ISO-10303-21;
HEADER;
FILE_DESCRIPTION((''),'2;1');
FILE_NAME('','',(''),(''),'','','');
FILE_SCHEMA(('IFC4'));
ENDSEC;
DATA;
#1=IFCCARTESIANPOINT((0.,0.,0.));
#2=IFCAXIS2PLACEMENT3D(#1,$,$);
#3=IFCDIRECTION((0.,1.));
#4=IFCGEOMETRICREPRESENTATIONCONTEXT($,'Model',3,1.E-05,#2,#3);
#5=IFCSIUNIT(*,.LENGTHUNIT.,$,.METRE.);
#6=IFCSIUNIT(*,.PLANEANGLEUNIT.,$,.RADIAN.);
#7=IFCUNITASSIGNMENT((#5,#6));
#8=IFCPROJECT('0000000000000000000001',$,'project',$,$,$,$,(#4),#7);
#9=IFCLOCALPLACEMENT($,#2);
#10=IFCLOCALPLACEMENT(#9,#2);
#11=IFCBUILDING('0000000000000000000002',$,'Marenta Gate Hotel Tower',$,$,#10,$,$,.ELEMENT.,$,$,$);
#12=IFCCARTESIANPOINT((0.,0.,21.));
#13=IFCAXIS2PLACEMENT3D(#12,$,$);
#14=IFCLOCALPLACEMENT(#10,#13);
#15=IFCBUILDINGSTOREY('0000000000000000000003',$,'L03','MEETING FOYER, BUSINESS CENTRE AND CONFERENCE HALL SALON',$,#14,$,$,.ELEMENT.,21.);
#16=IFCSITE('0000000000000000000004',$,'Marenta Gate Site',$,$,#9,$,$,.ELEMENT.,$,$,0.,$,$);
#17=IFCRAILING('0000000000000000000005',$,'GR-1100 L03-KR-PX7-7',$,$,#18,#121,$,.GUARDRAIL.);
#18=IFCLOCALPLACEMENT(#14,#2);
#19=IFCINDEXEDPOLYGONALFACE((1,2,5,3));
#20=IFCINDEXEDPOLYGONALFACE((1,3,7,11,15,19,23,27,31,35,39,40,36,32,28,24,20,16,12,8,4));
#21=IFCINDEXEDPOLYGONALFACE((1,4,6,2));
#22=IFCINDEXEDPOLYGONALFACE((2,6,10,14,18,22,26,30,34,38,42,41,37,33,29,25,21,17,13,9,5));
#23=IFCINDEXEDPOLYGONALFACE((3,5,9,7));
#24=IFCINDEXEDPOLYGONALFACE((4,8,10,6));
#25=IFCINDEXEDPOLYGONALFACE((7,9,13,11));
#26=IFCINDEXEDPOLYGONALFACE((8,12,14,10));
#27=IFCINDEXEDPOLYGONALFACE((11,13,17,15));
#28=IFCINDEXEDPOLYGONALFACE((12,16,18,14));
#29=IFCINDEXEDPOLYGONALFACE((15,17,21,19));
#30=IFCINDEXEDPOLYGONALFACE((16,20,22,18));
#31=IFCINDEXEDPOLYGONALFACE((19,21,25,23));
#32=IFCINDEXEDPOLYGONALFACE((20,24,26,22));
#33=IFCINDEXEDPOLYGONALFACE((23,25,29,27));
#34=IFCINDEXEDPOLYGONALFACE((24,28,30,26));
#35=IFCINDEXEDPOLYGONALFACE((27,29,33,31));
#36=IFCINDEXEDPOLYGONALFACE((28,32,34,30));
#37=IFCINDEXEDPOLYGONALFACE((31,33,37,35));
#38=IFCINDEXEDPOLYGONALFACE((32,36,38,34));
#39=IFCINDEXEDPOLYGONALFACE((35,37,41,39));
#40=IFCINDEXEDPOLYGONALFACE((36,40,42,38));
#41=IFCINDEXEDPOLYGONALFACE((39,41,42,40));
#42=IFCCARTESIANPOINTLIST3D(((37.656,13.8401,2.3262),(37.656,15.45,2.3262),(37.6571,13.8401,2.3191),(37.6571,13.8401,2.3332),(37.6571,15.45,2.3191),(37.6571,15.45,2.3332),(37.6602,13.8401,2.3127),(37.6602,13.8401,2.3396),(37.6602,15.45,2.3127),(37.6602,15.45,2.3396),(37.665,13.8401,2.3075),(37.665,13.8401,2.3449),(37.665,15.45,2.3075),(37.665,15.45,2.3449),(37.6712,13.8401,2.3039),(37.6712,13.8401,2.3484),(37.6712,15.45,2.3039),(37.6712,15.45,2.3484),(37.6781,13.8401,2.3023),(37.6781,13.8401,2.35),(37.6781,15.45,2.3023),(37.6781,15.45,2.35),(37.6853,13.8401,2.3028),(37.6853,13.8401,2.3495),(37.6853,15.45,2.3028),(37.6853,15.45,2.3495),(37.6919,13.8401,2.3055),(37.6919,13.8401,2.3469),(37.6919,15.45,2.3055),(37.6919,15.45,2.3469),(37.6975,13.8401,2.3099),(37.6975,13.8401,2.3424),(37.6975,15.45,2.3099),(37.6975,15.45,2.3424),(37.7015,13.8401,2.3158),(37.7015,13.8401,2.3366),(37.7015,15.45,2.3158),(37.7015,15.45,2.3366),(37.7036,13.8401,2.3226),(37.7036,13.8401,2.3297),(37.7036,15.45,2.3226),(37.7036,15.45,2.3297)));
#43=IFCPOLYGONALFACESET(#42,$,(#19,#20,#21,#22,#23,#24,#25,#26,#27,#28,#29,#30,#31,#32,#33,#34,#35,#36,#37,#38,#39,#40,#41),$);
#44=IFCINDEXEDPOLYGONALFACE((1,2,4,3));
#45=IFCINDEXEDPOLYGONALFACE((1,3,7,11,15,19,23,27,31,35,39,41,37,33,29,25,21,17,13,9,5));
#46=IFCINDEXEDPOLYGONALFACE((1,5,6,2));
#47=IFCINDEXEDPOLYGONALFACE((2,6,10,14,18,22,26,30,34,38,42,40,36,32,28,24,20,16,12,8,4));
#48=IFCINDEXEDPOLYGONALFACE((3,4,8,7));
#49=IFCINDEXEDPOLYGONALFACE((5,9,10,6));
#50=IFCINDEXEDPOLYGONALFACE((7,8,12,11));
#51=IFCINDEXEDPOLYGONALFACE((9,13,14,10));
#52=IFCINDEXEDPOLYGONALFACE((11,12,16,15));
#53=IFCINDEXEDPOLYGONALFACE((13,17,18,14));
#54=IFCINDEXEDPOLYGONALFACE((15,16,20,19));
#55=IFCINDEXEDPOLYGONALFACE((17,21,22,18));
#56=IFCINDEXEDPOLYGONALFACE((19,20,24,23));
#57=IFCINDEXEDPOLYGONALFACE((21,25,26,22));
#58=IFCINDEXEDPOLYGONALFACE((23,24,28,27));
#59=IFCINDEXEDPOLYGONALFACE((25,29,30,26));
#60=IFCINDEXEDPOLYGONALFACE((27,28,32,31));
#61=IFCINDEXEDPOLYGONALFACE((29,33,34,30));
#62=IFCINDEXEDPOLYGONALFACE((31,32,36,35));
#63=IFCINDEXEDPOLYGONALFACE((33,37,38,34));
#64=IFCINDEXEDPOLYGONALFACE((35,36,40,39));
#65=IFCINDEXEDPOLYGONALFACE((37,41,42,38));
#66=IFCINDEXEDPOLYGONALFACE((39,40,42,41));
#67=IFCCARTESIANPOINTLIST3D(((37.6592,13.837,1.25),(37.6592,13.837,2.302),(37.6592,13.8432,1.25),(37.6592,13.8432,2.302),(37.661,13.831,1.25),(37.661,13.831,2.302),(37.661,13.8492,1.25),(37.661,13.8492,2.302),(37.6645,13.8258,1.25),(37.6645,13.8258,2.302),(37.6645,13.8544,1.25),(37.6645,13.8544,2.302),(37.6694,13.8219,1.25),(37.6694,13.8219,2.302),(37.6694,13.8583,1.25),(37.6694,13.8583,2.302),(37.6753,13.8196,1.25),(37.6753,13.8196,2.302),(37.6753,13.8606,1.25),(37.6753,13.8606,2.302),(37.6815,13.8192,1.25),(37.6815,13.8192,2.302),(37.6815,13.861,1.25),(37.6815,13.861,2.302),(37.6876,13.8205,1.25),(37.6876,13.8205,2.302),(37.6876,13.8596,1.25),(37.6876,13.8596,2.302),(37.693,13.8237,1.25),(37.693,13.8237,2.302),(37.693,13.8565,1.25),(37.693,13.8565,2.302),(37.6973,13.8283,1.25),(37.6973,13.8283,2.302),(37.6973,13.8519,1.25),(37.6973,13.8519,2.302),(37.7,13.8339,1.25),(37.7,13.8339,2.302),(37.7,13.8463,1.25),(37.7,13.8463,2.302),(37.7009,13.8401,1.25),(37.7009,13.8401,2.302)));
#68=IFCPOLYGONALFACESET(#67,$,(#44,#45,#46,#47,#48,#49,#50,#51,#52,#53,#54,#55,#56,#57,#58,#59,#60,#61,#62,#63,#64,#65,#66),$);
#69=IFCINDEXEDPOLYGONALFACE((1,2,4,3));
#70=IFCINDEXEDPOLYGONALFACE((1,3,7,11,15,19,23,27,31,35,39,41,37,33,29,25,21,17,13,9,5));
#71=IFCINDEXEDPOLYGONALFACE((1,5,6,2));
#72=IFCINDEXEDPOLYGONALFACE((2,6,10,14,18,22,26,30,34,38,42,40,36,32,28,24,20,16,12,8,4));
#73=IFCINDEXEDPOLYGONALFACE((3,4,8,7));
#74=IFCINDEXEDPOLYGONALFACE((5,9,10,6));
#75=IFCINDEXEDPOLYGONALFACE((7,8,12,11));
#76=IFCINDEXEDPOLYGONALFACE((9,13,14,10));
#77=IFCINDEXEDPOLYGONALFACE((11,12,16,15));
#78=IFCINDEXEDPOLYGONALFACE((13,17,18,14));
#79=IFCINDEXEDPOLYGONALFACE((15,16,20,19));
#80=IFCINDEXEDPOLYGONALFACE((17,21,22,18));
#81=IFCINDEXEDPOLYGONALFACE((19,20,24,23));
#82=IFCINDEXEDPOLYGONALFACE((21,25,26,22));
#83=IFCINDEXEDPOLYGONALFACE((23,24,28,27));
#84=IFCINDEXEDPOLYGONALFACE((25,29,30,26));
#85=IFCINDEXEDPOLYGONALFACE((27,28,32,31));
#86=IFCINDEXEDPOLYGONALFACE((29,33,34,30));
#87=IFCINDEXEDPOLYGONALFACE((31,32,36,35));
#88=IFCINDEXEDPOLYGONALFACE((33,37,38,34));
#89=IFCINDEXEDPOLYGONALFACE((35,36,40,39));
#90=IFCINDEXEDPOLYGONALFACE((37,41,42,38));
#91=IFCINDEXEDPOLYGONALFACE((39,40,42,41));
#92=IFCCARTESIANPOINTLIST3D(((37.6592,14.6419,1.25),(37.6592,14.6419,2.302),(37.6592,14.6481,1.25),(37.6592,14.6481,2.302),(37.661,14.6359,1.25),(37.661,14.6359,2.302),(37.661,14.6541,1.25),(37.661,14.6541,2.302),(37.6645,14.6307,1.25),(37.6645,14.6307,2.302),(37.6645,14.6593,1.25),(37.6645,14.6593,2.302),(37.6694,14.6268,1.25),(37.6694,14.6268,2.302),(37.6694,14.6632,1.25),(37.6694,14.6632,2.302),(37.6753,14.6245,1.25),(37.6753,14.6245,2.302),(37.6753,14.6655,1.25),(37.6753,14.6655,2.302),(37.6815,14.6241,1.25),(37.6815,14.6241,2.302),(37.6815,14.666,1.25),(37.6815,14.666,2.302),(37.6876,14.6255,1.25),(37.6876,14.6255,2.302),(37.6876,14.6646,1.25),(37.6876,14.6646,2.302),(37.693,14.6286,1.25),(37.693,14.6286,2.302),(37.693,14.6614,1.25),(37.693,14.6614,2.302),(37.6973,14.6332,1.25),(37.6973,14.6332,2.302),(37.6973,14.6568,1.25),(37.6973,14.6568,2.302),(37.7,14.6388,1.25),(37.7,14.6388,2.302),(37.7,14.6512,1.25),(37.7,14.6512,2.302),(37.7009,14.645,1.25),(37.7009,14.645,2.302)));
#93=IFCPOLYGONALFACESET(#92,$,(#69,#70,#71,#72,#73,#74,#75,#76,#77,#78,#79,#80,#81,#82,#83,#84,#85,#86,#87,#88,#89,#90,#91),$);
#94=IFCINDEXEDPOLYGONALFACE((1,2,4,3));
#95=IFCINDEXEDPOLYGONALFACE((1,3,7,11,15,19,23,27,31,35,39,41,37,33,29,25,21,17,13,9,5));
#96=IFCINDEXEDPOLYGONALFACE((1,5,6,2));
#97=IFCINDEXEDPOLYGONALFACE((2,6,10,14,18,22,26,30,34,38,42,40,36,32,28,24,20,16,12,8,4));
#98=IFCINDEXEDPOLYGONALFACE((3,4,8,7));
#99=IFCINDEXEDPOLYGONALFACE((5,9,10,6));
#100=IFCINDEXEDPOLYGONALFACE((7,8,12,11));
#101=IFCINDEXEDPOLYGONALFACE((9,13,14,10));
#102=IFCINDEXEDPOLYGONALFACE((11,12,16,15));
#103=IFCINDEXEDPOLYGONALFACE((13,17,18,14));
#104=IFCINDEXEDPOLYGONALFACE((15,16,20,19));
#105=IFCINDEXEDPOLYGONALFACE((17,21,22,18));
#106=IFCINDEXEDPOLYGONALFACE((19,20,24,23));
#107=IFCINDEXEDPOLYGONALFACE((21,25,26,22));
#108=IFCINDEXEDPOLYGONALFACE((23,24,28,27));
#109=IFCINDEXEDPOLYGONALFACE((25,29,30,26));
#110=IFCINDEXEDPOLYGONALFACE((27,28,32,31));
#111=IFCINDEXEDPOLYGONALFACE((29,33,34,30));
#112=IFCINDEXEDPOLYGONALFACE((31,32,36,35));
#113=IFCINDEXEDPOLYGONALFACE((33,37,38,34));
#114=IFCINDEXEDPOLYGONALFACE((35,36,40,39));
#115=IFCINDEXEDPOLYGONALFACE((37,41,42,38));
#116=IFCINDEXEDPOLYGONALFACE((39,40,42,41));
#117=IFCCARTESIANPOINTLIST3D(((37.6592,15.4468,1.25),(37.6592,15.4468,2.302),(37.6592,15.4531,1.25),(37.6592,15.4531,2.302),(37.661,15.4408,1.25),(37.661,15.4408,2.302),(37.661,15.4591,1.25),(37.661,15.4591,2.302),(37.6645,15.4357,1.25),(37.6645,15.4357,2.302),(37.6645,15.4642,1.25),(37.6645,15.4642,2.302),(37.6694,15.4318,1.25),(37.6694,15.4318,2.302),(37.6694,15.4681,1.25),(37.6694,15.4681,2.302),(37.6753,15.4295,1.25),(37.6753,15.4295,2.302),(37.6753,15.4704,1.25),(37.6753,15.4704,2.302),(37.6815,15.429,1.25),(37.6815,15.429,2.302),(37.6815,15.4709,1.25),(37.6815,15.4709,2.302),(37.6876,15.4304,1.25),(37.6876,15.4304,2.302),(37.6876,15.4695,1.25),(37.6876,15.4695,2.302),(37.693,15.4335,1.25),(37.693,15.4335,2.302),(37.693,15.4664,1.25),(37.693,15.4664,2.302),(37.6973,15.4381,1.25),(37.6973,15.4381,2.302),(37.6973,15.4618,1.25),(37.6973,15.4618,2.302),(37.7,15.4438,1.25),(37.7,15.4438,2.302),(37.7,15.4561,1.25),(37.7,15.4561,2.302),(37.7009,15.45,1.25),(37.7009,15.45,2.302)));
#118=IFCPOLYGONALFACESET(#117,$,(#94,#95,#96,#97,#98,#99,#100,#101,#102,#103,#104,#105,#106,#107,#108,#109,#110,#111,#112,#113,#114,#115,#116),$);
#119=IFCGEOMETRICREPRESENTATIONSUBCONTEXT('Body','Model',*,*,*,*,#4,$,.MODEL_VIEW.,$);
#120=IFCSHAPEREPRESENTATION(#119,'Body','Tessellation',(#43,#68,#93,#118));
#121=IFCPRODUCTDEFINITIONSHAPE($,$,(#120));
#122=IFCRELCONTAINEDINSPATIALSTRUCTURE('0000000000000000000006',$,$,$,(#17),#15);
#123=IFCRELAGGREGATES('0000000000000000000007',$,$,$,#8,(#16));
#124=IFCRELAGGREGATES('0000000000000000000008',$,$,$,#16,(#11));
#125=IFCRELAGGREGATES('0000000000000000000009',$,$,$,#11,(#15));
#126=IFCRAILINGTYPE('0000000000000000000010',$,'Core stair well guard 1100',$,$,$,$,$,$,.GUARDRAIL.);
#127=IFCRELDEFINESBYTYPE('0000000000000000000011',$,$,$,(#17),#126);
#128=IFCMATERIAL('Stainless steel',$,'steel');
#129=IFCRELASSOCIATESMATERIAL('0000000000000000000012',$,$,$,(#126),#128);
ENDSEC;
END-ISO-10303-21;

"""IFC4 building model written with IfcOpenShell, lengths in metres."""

from ifc_helpers import new_model, si_unit, direction, frame, origin, origin_2d, place, context, subcontext, project, spatial, circle, extrude, material, type_object, element, save


model = new_model("IFC4")

# Units and contexts
model_context = context("Model", 3, precision=1e-05, world=origin(), true_north=direction((0.0, 1.0)))
body_context = subcontext(model_context, "Body", "Model", "MODEL_VIEW")
ifc_project = project(units=[si_unit("LENGTHUNIT", "METRE"), si_unit("PLANEANGLEUNIT", "RADIAN")], contexts=[model_context])

# Site, building, storey
site_placement = place(None, origin())
site = spatial("IfcSite", under=ifc_project, at=site_placement, Name="Marenta Gate Site", CompositionType="ELEMENT", RefElevation=0.0)
building_placement = place(site_placement, origin())
building = spatial("IfcBuilding", under=site, at=building_placement, Name="Marenta Gate Hotel Tower", CompositionType="ELEMENT")
storey_placement = place(building_placement, frame((0.0, 0.0, 21.0)))
storey = spatial("IfcBuildingStorey", under=building, at=storey_placement, Name="L03", Description="MEETING FOYER, BUSINESS CENTRE AND CONFERENCE HALL SALON", CompositionType="ELEMENT", Elevation=21.0)

# Railing
ifc_material_1 = material(Name="Stainless steel", Category="steel")
railing_type_1 = type_object("IfcRailingType", Name="Core stair well guard 1100", PredefinedType="GUARDRAIL", material=ifc_material_1)
railing_1_placement = place(storey_placement, frame((37.6799, 13.8401, 1.25)))
element("IfcRailing", 1, at=railing_1_placement, inside=storey, type_object=railing_type_1, Name="GR-1100 L03-KR-PX7-7", PredefinedType="GUARDRAIL", context=body_context, shape_type="SweptSolid", body=[
    extrude(circle(Radius=0.0239, at=origin_2d()), frame((0.0, 0.0, 1.0762), z_axis=(0.0, 1.0, 0.0), x_axis=(-1.0, 0.0, 0.0)), (0.0, 0.0, 1.0), 1.6099),
    extrude(circle(Radius=0.021, at=origin_2d()), origin(), (0.0, 0.0, 1.0), 1.052),
    extrude(circle(Radius=0.021, at=origin_2d()), frame((0.0, 0.8049, 0.0)), (0.0, 0.0, 1.0), 1.052),
    extrude(circle(Radius=0.021, at=origin_2d()), frame((0.0, 1.6099, 0.0)), (0.0, 0.0, 1.0), 1.052),
])

save(model, "model.ifc")
